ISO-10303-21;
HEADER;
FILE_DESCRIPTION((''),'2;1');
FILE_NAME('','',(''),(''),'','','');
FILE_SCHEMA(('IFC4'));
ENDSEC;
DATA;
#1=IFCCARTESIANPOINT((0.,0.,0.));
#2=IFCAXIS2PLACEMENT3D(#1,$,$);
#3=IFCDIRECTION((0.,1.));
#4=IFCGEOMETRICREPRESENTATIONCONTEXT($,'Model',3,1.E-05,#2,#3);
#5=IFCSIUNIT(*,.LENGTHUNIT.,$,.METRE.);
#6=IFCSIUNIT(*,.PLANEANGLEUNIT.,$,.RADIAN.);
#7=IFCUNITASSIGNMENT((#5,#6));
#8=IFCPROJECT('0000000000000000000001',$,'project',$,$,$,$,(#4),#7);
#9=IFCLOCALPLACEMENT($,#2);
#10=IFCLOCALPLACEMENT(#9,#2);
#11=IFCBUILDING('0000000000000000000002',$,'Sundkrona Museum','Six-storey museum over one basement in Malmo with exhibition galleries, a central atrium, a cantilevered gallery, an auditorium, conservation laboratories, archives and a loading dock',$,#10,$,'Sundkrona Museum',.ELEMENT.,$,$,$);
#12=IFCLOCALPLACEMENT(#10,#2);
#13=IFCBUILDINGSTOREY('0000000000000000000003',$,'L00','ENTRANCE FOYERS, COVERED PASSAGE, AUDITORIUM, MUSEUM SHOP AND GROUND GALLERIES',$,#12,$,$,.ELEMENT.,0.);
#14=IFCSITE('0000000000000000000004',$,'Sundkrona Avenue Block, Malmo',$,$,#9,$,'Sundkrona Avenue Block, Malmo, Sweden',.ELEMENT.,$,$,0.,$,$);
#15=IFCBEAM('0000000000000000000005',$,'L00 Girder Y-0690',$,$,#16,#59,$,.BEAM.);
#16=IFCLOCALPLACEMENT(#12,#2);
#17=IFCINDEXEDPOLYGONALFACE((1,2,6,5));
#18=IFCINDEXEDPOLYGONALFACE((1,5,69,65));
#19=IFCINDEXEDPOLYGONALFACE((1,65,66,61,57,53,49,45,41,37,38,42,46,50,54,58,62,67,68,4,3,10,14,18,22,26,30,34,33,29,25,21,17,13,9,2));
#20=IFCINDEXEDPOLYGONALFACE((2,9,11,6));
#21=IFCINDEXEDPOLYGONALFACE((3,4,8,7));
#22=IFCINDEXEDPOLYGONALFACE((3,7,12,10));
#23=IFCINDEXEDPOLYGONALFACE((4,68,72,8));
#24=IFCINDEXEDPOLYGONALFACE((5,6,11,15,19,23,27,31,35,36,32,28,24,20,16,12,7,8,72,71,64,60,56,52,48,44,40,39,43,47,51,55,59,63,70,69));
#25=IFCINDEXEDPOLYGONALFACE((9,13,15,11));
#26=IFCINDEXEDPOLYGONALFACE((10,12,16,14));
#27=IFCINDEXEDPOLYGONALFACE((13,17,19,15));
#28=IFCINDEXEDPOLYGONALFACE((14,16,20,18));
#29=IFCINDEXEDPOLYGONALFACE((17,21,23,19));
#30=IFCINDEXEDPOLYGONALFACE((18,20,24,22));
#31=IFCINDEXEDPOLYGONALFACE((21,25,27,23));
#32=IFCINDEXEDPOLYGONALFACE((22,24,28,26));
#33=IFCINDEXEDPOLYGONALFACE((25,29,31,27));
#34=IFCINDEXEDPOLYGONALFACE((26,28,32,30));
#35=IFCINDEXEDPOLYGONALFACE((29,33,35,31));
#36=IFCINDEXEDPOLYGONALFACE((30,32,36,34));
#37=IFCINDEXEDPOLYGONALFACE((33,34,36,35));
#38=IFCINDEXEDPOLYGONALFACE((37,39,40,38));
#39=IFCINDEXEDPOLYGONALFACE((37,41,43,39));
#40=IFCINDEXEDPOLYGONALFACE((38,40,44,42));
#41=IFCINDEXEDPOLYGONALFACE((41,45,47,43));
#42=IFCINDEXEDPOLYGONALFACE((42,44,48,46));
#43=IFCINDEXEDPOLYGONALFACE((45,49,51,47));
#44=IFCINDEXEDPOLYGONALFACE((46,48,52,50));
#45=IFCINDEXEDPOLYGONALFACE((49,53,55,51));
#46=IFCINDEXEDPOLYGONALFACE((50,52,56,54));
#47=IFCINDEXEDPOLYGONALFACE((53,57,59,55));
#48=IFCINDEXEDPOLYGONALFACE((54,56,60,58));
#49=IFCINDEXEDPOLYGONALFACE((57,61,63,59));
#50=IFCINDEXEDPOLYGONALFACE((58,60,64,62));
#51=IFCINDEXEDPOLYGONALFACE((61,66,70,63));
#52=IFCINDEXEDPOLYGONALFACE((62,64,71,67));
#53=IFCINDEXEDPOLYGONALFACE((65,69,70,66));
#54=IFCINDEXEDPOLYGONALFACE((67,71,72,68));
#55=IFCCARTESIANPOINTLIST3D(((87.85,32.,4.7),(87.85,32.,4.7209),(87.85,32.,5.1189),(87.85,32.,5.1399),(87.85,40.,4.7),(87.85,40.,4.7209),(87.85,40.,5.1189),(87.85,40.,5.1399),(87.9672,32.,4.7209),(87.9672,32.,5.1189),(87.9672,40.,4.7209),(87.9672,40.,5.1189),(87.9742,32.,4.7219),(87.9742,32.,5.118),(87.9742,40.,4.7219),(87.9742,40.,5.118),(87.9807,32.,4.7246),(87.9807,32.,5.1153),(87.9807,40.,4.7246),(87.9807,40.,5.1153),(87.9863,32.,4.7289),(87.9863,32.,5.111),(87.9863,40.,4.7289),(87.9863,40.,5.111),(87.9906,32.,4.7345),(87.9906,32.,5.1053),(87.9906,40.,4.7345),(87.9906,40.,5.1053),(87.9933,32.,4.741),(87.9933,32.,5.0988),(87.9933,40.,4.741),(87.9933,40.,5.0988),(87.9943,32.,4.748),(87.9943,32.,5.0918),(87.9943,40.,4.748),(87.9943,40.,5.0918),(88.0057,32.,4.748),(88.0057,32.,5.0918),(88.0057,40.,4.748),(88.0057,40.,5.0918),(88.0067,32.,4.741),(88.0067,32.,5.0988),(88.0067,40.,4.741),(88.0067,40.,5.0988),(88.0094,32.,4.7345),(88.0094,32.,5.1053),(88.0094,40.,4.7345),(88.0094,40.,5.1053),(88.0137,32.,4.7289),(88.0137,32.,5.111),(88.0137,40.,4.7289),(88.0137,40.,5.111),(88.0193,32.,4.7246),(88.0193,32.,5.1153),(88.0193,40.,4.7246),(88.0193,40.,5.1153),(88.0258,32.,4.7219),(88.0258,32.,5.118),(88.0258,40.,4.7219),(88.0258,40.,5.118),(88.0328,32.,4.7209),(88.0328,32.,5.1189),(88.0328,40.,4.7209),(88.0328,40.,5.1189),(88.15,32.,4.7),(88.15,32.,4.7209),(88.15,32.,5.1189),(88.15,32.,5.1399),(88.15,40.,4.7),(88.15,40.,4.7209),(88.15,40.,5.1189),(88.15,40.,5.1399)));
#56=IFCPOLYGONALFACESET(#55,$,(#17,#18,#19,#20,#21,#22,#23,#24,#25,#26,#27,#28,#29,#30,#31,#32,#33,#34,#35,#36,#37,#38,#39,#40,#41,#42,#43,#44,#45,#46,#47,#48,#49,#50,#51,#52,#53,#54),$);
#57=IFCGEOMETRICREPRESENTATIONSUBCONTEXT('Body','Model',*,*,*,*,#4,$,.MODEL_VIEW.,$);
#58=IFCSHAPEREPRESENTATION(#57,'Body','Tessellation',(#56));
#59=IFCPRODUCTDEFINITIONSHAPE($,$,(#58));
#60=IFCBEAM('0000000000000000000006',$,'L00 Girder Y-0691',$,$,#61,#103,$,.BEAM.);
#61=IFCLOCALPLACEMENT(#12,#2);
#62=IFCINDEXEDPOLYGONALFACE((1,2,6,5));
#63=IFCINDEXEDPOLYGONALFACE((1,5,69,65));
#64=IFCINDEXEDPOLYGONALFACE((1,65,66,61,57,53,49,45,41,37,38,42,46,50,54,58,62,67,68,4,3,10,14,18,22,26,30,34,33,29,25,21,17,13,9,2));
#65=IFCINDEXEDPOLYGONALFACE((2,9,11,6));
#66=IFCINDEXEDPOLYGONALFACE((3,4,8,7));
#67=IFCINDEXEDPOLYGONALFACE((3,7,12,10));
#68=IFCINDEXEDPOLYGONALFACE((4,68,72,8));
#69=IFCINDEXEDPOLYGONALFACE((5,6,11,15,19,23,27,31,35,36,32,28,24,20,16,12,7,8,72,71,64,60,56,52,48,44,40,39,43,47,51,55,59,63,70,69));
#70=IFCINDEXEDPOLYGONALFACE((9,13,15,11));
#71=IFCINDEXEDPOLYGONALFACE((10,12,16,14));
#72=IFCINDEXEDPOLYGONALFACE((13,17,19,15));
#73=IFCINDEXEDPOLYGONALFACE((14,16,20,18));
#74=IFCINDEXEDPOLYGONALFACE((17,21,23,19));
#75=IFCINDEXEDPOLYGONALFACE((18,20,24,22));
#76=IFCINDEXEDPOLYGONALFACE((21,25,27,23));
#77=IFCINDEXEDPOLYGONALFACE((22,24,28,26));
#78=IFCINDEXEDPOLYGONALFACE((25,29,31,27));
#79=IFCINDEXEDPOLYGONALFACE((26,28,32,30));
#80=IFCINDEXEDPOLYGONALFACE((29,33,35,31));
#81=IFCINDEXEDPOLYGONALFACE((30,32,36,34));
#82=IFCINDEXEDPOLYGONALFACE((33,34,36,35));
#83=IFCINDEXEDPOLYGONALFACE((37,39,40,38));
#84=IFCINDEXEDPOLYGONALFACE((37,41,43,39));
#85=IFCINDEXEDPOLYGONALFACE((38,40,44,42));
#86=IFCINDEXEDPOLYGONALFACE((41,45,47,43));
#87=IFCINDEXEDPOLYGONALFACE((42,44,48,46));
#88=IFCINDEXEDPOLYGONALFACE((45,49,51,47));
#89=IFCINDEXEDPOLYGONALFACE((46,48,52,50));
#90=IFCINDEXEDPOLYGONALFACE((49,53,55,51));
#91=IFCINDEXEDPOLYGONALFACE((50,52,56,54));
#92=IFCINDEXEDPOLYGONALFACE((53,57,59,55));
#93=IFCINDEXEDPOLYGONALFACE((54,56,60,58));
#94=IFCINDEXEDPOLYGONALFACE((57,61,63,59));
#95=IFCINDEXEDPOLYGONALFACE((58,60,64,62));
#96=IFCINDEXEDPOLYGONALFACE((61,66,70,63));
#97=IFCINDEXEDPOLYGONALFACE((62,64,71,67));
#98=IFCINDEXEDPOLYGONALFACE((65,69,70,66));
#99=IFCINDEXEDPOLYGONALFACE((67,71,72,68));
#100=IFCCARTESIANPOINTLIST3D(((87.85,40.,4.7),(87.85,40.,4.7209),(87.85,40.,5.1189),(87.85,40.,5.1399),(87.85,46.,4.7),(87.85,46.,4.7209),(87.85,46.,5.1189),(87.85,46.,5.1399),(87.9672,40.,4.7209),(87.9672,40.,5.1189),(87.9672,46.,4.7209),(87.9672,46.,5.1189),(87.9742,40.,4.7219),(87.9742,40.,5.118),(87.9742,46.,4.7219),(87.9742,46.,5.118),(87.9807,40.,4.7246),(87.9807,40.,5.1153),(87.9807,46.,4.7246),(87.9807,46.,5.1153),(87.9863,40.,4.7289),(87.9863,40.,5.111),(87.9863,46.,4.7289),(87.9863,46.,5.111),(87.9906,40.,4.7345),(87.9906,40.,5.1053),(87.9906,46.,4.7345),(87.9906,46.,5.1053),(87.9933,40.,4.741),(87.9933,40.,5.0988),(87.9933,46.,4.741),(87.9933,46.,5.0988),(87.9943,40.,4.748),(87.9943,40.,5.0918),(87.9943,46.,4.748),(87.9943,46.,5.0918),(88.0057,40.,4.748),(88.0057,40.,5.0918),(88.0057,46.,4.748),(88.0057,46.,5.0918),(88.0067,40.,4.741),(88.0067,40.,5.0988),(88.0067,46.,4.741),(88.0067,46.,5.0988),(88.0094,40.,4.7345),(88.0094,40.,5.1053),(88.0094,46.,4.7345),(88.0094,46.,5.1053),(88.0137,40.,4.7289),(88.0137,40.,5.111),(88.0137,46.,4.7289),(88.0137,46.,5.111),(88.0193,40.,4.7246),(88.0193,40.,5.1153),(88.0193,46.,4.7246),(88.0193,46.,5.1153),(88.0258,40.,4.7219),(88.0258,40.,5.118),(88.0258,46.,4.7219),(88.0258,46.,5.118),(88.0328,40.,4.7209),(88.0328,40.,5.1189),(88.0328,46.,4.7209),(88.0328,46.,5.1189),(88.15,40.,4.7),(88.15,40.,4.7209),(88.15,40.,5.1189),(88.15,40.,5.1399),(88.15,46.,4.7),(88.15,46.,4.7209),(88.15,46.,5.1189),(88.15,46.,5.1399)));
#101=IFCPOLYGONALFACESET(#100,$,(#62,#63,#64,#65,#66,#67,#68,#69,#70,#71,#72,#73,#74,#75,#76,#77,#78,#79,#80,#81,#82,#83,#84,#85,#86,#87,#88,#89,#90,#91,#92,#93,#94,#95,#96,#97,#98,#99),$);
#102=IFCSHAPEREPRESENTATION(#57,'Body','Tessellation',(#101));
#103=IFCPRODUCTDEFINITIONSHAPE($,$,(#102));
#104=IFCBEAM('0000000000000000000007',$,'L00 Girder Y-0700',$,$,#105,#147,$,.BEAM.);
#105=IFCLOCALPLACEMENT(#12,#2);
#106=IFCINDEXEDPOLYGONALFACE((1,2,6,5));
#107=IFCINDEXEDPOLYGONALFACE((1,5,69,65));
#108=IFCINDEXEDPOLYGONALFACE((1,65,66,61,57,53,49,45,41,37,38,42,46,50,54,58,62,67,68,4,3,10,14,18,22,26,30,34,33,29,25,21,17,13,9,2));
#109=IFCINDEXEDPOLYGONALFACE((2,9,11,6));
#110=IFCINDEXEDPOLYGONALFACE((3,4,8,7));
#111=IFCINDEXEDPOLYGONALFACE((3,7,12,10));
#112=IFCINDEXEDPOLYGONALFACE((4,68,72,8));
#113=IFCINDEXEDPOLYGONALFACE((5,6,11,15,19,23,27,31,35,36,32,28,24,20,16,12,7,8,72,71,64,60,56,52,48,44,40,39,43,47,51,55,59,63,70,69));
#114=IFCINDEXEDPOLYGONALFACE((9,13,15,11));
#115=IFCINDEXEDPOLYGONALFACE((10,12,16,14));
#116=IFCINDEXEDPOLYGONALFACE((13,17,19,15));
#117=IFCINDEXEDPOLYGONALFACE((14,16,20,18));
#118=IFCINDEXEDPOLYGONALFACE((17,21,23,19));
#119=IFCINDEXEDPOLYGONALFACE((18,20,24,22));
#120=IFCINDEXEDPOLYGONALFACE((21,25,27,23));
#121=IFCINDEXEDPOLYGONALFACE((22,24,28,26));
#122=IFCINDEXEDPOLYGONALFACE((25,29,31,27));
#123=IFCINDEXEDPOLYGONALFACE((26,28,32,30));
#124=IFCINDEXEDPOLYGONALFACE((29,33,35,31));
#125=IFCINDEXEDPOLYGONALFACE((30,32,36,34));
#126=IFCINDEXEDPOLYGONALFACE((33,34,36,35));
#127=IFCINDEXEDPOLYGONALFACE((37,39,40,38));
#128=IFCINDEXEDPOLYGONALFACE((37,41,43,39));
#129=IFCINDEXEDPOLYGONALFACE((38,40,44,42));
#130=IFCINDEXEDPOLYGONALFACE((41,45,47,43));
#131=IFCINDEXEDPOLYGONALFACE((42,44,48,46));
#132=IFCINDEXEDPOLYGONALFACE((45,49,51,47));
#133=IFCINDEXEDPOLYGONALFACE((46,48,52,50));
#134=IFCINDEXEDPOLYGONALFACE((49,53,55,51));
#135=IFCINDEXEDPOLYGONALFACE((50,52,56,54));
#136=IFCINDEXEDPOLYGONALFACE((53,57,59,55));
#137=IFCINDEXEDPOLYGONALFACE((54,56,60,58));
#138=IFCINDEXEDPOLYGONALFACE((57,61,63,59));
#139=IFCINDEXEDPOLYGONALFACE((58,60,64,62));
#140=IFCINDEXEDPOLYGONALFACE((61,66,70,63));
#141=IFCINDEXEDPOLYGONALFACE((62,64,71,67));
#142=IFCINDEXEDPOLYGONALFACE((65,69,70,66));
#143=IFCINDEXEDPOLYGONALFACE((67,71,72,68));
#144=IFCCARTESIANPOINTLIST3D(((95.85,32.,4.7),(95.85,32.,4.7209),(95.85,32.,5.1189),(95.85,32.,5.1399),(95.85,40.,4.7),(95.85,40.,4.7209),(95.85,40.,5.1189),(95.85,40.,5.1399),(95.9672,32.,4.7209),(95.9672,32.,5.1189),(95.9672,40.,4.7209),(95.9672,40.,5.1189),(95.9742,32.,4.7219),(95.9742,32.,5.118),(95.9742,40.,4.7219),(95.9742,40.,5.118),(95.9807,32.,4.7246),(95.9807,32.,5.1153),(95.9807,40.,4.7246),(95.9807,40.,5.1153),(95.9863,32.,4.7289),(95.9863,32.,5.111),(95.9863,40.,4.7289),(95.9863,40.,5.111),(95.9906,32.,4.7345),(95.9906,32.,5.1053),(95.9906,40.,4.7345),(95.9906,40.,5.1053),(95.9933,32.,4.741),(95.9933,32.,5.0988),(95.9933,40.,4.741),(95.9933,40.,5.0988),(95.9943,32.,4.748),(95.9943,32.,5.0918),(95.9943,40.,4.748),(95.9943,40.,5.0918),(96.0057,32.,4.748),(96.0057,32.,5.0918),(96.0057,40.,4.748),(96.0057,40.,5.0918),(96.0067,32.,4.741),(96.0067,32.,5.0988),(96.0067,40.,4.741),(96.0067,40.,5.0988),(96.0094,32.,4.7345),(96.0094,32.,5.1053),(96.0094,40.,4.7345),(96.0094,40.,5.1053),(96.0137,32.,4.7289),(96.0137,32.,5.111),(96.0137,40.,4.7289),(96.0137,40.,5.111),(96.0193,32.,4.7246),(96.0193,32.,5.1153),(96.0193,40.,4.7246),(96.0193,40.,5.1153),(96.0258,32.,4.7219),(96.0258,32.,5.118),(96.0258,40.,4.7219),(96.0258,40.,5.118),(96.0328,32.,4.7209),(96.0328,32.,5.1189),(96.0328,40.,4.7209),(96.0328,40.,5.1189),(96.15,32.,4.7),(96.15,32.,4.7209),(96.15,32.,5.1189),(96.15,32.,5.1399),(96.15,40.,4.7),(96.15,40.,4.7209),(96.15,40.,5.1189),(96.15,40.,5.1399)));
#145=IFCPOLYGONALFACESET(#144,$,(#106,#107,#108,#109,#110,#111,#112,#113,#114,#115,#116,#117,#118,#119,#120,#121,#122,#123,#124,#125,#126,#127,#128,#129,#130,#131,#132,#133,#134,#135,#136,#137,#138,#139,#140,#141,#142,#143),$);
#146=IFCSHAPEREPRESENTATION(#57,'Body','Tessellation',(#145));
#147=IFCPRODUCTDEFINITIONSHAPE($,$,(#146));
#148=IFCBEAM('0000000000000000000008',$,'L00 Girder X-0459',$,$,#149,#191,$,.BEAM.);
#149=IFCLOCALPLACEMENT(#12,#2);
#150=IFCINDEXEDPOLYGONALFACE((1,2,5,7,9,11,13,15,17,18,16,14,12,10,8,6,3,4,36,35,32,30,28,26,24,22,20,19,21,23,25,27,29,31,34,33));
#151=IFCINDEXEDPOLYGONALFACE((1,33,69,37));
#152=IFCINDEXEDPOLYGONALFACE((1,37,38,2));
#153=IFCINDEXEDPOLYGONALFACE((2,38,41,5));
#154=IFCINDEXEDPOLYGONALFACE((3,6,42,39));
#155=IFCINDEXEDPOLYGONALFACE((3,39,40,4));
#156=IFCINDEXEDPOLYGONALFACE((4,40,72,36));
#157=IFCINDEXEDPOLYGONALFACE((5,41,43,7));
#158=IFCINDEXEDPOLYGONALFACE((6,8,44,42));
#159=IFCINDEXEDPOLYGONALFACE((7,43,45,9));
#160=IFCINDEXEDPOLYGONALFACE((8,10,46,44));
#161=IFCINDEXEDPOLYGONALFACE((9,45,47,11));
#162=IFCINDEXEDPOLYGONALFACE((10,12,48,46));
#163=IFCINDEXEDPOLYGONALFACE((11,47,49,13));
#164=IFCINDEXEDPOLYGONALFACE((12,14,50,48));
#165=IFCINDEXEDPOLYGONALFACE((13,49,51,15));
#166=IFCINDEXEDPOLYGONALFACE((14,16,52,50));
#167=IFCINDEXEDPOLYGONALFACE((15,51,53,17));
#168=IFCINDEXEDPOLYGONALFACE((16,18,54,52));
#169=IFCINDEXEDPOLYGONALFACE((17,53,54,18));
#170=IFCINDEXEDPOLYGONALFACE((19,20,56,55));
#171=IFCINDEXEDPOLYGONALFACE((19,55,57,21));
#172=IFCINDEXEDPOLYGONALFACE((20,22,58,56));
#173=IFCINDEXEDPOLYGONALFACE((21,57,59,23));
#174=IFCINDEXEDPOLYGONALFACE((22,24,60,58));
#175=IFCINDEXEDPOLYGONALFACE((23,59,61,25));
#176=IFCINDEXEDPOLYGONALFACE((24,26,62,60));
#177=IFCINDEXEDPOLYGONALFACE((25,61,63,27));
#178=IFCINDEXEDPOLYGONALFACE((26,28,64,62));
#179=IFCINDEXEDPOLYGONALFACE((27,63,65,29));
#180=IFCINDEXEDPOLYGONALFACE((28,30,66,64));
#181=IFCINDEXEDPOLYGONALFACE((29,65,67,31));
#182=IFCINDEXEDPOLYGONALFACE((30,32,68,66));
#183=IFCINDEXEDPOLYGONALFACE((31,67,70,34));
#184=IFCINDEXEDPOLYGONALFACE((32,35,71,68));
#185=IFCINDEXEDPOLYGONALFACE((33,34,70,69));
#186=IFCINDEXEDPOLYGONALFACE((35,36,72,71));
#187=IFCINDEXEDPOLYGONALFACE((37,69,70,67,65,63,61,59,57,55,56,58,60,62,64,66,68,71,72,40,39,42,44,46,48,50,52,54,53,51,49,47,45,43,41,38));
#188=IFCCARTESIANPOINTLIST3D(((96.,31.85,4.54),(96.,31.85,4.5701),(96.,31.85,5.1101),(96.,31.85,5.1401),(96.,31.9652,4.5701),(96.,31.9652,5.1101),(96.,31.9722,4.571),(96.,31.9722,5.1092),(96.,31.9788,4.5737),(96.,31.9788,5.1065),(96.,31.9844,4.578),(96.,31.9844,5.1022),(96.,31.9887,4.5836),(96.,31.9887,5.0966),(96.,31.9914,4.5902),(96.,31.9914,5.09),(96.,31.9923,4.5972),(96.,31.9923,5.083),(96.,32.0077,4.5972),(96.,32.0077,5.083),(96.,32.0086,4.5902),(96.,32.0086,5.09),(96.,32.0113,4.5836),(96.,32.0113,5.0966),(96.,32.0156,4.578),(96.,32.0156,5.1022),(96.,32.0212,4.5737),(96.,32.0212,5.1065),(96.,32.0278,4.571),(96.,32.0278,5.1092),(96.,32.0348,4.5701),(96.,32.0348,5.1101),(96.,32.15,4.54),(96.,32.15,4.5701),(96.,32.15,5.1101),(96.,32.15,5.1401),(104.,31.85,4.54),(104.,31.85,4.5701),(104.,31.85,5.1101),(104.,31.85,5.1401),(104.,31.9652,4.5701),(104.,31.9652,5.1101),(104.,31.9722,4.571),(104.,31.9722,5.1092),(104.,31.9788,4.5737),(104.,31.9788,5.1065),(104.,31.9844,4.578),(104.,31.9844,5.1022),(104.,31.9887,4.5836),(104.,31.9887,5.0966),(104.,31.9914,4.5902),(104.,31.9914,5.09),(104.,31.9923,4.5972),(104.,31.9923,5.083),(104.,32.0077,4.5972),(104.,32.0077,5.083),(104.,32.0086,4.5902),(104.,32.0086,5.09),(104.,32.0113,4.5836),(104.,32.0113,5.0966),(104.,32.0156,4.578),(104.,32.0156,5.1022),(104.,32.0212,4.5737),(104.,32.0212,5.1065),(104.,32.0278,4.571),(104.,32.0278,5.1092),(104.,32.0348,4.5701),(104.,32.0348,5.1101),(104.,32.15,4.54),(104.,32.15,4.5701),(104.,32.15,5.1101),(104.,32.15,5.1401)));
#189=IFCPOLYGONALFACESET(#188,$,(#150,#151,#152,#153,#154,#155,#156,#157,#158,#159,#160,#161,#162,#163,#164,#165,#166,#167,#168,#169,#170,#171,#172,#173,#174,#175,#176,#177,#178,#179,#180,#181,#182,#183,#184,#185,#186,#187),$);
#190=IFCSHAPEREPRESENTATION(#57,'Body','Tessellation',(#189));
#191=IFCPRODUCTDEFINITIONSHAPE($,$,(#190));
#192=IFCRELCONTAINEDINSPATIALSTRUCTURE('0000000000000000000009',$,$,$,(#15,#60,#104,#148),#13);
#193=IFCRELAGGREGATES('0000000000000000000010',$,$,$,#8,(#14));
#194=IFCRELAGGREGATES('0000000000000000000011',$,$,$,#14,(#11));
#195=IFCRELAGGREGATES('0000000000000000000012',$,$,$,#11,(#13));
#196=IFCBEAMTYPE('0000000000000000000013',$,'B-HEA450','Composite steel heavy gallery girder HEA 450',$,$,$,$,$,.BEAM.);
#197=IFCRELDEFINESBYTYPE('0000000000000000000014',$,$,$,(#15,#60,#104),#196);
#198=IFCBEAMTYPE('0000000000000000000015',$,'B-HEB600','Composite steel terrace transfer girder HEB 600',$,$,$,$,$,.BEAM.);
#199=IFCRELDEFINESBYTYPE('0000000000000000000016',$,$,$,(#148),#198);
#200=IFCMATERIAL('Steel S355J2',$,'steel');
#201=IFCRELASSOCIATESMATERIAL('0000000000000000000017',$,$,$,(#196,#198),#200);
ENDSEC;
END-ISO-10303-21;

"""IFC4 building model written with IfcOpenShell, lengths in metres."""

from ifc_helpers import new_model, si_unit, direction, frame, origin, origin_2d, place, context, subcontext, project, spatial, i_section, extrude, material, material_profile, profile_set, type_object, element, save


model = new_model("IFC4")

# Units and contexts
model_context = context("Model", 3, precision=1e-05, world=origin(), true_north=direction((0.0, 1.0)))
body_context = subcontext(model_context, "Body", "Model", "MODEL_VIEW")
ifc_project = project(units=[si_unit("LENGTHUNIT", "METRE"), si_unit("PLANEANGLEUNIT", "RADIAN")], contexts=[model_context])

# Site, building, storey
site_placement = place(None, origin())
site = spatial("IfcSite", under=ifc_project, at=site_placement, Name="Sundkrona Avenue Block, Malmo", LongName="Sundkrona Avenue Block, Malmo, Sweden", CompositionType="ELEMENT", RefElevation=0.0)
building_placement = place(site_placement, origin())
building = spatial("IfcBuilding", under=site, at=building_placement, Name="Sundkrona Museum", Description="Six-storey museum over one basement in Malmo with exhibition galleries, a central atrium, a cantilevered gallery, an auditorium, conservation laboratories, archives and a loading dock", LongName="Sundkrona Museum", CompositionType="ELEMENT")
storey_placement = place(building_placement, origin())
storey = spatial("IfcBuildingStorey", under=building, at=storey_placement, Name="L00", Description="ENTRANCE FOYERS, COVERED PASSAGE, AUDITORIUM, MUSEUM SHOP AND GROUND GALLERIES", CompositionType="ELEMENT", Elevation=0.0)

# Shared definitions
ifc_material_1 = material(Name="Steel S355J2", Category="steel")

# Beams
ifc_material_profile_1 = material_profile(ifc_material_1, i_section(OverallWidth=0.3, OverallDepth=0.4399, WebThickness=0.0115, FlangeThickness=0.021, FilletRadius=0.0271, at=origin_2d()), Name="HEA 450")
ifc_profile_set_1 = profile_set([ifc_material_profile_1], Name="Steel S355J2")
beam_type_1 = type_object("IfcBeamType", Name="B-HEA450", Description="Composite steel heavy gallery girder HEA 450", PredefinedType="BEAM", material=ifc_profile_set_1)
for number, where, z_axis, x_axis, name in (
    (1, (88.0, 32.0, 4.9199), (0.0, 1.0, 0.0), (-1.0, 0.0, 0.0), "L00 Girder Y-0690"),
):
    element("IfcBeam", number, at=place(storey_placement, frame(where, z_axis=z_axis, x_axis=x_axis)), inside=storey, type_object=beam_type_1, Name=name, PredefinedType="BEAM", context=body_context, shape_type="SweptSolid", body=[
        extrude(i_section(OverallWidth=0.3, OverallDepth=0.4399, WebThickness=0.0115, FlangeThickness=0.021, FilletRadius=0.0271, at=origin_2d()), origin(), (0.0, 0.0, 1.0), 8.0),
    ])
beam_1_placement = place(storey_placement, frame((88.0, 40.0, 4.9199), z_axis=(0.0, 1.0, 0.0), x_axis=(-1.0, 0.0, 0.0)))
element("IfcBeam", 2, at=beam_1_placement, inside=storey, type_object=beam_type_1, Name="L00 Girder Y-0691", PredefinedType="BEAM", context=body_context, shape_type="SweptSolid", body=[
    extrude(i_section(OverallWidth=0.3, OverallDepth=0.4399, WebThickness=0.0115, FlangeThickness=0.021, FilletRadius=0.0271, at=origin_2d()), origin(), (0.0, 0.0, 1.0), 6.0),
])
beam_2_placement = place(storey_placement, frame((96.0, 32.0, 4.9199), z_axis=(0.0, 1.0, 0.0), x_axis=(-1.0, 0.0, 0.0)))
element("IfcBeam", 3, at=beam_2_placement, inside=storey, type_object=beam_type_1, Name="L00 Girder Y-0700", PredefinedType="BEAM", context=body_context, shape_type="SweptSolid", body=[
    extrude(i_section(OverallWidth=0.3, OverallDepth=0.4399, WebThickness=0.0115, FlangeThickness=0.021, FilletRadius=0.0271, at=origin_2d()), origin(), (0.0, 0.0, 1.0), 8.0),
])
ifc_material_profile_2 = material_profile(ifc_material_1, i_section(OverallWidth=0.3, OverallDepth=0.6001, WebThickness=0.0154, FlangeThickness=0.03, FilletRadius=0.0271, at=origin_2d()), Name="HEB 600")
ifc_profile_set_2 = profile_set([ifc_material_profile_2], Name="Steel S355J2")
beam_type_2 = type_object("IfcBeamType", Name="B-HEB600", Description="Composite steel terrace transfer girder HEB 600", PredefinedType="BEAM", material=ifc_profile_set_2)
beam_3_placement = place(storey_placement, frame((96.0, 32.0, 4.8401), z_axis=(1.0, 0.0, 0.0), x_axis=(0.0, 1.0, 0.0)))
element("IfcBeam", 4, at=beam_3_placement, inside=storey, type_object=beam_type_2, Name="L00 Girder X-0459", PredefinedType="BEAM", context=body_context, shape_type="SweptSolid", body=[
    extrude(i_section(OverallWidth=0.3, OverallDepth=0.6001, WebThickness=0.0154, FlangeThickness=0.03, FilletRadius=0.0271, at=origin_2d()), origin(), (0.0, 0.0, 1.0), 8.0),
])

save(model, "model.ifc")
